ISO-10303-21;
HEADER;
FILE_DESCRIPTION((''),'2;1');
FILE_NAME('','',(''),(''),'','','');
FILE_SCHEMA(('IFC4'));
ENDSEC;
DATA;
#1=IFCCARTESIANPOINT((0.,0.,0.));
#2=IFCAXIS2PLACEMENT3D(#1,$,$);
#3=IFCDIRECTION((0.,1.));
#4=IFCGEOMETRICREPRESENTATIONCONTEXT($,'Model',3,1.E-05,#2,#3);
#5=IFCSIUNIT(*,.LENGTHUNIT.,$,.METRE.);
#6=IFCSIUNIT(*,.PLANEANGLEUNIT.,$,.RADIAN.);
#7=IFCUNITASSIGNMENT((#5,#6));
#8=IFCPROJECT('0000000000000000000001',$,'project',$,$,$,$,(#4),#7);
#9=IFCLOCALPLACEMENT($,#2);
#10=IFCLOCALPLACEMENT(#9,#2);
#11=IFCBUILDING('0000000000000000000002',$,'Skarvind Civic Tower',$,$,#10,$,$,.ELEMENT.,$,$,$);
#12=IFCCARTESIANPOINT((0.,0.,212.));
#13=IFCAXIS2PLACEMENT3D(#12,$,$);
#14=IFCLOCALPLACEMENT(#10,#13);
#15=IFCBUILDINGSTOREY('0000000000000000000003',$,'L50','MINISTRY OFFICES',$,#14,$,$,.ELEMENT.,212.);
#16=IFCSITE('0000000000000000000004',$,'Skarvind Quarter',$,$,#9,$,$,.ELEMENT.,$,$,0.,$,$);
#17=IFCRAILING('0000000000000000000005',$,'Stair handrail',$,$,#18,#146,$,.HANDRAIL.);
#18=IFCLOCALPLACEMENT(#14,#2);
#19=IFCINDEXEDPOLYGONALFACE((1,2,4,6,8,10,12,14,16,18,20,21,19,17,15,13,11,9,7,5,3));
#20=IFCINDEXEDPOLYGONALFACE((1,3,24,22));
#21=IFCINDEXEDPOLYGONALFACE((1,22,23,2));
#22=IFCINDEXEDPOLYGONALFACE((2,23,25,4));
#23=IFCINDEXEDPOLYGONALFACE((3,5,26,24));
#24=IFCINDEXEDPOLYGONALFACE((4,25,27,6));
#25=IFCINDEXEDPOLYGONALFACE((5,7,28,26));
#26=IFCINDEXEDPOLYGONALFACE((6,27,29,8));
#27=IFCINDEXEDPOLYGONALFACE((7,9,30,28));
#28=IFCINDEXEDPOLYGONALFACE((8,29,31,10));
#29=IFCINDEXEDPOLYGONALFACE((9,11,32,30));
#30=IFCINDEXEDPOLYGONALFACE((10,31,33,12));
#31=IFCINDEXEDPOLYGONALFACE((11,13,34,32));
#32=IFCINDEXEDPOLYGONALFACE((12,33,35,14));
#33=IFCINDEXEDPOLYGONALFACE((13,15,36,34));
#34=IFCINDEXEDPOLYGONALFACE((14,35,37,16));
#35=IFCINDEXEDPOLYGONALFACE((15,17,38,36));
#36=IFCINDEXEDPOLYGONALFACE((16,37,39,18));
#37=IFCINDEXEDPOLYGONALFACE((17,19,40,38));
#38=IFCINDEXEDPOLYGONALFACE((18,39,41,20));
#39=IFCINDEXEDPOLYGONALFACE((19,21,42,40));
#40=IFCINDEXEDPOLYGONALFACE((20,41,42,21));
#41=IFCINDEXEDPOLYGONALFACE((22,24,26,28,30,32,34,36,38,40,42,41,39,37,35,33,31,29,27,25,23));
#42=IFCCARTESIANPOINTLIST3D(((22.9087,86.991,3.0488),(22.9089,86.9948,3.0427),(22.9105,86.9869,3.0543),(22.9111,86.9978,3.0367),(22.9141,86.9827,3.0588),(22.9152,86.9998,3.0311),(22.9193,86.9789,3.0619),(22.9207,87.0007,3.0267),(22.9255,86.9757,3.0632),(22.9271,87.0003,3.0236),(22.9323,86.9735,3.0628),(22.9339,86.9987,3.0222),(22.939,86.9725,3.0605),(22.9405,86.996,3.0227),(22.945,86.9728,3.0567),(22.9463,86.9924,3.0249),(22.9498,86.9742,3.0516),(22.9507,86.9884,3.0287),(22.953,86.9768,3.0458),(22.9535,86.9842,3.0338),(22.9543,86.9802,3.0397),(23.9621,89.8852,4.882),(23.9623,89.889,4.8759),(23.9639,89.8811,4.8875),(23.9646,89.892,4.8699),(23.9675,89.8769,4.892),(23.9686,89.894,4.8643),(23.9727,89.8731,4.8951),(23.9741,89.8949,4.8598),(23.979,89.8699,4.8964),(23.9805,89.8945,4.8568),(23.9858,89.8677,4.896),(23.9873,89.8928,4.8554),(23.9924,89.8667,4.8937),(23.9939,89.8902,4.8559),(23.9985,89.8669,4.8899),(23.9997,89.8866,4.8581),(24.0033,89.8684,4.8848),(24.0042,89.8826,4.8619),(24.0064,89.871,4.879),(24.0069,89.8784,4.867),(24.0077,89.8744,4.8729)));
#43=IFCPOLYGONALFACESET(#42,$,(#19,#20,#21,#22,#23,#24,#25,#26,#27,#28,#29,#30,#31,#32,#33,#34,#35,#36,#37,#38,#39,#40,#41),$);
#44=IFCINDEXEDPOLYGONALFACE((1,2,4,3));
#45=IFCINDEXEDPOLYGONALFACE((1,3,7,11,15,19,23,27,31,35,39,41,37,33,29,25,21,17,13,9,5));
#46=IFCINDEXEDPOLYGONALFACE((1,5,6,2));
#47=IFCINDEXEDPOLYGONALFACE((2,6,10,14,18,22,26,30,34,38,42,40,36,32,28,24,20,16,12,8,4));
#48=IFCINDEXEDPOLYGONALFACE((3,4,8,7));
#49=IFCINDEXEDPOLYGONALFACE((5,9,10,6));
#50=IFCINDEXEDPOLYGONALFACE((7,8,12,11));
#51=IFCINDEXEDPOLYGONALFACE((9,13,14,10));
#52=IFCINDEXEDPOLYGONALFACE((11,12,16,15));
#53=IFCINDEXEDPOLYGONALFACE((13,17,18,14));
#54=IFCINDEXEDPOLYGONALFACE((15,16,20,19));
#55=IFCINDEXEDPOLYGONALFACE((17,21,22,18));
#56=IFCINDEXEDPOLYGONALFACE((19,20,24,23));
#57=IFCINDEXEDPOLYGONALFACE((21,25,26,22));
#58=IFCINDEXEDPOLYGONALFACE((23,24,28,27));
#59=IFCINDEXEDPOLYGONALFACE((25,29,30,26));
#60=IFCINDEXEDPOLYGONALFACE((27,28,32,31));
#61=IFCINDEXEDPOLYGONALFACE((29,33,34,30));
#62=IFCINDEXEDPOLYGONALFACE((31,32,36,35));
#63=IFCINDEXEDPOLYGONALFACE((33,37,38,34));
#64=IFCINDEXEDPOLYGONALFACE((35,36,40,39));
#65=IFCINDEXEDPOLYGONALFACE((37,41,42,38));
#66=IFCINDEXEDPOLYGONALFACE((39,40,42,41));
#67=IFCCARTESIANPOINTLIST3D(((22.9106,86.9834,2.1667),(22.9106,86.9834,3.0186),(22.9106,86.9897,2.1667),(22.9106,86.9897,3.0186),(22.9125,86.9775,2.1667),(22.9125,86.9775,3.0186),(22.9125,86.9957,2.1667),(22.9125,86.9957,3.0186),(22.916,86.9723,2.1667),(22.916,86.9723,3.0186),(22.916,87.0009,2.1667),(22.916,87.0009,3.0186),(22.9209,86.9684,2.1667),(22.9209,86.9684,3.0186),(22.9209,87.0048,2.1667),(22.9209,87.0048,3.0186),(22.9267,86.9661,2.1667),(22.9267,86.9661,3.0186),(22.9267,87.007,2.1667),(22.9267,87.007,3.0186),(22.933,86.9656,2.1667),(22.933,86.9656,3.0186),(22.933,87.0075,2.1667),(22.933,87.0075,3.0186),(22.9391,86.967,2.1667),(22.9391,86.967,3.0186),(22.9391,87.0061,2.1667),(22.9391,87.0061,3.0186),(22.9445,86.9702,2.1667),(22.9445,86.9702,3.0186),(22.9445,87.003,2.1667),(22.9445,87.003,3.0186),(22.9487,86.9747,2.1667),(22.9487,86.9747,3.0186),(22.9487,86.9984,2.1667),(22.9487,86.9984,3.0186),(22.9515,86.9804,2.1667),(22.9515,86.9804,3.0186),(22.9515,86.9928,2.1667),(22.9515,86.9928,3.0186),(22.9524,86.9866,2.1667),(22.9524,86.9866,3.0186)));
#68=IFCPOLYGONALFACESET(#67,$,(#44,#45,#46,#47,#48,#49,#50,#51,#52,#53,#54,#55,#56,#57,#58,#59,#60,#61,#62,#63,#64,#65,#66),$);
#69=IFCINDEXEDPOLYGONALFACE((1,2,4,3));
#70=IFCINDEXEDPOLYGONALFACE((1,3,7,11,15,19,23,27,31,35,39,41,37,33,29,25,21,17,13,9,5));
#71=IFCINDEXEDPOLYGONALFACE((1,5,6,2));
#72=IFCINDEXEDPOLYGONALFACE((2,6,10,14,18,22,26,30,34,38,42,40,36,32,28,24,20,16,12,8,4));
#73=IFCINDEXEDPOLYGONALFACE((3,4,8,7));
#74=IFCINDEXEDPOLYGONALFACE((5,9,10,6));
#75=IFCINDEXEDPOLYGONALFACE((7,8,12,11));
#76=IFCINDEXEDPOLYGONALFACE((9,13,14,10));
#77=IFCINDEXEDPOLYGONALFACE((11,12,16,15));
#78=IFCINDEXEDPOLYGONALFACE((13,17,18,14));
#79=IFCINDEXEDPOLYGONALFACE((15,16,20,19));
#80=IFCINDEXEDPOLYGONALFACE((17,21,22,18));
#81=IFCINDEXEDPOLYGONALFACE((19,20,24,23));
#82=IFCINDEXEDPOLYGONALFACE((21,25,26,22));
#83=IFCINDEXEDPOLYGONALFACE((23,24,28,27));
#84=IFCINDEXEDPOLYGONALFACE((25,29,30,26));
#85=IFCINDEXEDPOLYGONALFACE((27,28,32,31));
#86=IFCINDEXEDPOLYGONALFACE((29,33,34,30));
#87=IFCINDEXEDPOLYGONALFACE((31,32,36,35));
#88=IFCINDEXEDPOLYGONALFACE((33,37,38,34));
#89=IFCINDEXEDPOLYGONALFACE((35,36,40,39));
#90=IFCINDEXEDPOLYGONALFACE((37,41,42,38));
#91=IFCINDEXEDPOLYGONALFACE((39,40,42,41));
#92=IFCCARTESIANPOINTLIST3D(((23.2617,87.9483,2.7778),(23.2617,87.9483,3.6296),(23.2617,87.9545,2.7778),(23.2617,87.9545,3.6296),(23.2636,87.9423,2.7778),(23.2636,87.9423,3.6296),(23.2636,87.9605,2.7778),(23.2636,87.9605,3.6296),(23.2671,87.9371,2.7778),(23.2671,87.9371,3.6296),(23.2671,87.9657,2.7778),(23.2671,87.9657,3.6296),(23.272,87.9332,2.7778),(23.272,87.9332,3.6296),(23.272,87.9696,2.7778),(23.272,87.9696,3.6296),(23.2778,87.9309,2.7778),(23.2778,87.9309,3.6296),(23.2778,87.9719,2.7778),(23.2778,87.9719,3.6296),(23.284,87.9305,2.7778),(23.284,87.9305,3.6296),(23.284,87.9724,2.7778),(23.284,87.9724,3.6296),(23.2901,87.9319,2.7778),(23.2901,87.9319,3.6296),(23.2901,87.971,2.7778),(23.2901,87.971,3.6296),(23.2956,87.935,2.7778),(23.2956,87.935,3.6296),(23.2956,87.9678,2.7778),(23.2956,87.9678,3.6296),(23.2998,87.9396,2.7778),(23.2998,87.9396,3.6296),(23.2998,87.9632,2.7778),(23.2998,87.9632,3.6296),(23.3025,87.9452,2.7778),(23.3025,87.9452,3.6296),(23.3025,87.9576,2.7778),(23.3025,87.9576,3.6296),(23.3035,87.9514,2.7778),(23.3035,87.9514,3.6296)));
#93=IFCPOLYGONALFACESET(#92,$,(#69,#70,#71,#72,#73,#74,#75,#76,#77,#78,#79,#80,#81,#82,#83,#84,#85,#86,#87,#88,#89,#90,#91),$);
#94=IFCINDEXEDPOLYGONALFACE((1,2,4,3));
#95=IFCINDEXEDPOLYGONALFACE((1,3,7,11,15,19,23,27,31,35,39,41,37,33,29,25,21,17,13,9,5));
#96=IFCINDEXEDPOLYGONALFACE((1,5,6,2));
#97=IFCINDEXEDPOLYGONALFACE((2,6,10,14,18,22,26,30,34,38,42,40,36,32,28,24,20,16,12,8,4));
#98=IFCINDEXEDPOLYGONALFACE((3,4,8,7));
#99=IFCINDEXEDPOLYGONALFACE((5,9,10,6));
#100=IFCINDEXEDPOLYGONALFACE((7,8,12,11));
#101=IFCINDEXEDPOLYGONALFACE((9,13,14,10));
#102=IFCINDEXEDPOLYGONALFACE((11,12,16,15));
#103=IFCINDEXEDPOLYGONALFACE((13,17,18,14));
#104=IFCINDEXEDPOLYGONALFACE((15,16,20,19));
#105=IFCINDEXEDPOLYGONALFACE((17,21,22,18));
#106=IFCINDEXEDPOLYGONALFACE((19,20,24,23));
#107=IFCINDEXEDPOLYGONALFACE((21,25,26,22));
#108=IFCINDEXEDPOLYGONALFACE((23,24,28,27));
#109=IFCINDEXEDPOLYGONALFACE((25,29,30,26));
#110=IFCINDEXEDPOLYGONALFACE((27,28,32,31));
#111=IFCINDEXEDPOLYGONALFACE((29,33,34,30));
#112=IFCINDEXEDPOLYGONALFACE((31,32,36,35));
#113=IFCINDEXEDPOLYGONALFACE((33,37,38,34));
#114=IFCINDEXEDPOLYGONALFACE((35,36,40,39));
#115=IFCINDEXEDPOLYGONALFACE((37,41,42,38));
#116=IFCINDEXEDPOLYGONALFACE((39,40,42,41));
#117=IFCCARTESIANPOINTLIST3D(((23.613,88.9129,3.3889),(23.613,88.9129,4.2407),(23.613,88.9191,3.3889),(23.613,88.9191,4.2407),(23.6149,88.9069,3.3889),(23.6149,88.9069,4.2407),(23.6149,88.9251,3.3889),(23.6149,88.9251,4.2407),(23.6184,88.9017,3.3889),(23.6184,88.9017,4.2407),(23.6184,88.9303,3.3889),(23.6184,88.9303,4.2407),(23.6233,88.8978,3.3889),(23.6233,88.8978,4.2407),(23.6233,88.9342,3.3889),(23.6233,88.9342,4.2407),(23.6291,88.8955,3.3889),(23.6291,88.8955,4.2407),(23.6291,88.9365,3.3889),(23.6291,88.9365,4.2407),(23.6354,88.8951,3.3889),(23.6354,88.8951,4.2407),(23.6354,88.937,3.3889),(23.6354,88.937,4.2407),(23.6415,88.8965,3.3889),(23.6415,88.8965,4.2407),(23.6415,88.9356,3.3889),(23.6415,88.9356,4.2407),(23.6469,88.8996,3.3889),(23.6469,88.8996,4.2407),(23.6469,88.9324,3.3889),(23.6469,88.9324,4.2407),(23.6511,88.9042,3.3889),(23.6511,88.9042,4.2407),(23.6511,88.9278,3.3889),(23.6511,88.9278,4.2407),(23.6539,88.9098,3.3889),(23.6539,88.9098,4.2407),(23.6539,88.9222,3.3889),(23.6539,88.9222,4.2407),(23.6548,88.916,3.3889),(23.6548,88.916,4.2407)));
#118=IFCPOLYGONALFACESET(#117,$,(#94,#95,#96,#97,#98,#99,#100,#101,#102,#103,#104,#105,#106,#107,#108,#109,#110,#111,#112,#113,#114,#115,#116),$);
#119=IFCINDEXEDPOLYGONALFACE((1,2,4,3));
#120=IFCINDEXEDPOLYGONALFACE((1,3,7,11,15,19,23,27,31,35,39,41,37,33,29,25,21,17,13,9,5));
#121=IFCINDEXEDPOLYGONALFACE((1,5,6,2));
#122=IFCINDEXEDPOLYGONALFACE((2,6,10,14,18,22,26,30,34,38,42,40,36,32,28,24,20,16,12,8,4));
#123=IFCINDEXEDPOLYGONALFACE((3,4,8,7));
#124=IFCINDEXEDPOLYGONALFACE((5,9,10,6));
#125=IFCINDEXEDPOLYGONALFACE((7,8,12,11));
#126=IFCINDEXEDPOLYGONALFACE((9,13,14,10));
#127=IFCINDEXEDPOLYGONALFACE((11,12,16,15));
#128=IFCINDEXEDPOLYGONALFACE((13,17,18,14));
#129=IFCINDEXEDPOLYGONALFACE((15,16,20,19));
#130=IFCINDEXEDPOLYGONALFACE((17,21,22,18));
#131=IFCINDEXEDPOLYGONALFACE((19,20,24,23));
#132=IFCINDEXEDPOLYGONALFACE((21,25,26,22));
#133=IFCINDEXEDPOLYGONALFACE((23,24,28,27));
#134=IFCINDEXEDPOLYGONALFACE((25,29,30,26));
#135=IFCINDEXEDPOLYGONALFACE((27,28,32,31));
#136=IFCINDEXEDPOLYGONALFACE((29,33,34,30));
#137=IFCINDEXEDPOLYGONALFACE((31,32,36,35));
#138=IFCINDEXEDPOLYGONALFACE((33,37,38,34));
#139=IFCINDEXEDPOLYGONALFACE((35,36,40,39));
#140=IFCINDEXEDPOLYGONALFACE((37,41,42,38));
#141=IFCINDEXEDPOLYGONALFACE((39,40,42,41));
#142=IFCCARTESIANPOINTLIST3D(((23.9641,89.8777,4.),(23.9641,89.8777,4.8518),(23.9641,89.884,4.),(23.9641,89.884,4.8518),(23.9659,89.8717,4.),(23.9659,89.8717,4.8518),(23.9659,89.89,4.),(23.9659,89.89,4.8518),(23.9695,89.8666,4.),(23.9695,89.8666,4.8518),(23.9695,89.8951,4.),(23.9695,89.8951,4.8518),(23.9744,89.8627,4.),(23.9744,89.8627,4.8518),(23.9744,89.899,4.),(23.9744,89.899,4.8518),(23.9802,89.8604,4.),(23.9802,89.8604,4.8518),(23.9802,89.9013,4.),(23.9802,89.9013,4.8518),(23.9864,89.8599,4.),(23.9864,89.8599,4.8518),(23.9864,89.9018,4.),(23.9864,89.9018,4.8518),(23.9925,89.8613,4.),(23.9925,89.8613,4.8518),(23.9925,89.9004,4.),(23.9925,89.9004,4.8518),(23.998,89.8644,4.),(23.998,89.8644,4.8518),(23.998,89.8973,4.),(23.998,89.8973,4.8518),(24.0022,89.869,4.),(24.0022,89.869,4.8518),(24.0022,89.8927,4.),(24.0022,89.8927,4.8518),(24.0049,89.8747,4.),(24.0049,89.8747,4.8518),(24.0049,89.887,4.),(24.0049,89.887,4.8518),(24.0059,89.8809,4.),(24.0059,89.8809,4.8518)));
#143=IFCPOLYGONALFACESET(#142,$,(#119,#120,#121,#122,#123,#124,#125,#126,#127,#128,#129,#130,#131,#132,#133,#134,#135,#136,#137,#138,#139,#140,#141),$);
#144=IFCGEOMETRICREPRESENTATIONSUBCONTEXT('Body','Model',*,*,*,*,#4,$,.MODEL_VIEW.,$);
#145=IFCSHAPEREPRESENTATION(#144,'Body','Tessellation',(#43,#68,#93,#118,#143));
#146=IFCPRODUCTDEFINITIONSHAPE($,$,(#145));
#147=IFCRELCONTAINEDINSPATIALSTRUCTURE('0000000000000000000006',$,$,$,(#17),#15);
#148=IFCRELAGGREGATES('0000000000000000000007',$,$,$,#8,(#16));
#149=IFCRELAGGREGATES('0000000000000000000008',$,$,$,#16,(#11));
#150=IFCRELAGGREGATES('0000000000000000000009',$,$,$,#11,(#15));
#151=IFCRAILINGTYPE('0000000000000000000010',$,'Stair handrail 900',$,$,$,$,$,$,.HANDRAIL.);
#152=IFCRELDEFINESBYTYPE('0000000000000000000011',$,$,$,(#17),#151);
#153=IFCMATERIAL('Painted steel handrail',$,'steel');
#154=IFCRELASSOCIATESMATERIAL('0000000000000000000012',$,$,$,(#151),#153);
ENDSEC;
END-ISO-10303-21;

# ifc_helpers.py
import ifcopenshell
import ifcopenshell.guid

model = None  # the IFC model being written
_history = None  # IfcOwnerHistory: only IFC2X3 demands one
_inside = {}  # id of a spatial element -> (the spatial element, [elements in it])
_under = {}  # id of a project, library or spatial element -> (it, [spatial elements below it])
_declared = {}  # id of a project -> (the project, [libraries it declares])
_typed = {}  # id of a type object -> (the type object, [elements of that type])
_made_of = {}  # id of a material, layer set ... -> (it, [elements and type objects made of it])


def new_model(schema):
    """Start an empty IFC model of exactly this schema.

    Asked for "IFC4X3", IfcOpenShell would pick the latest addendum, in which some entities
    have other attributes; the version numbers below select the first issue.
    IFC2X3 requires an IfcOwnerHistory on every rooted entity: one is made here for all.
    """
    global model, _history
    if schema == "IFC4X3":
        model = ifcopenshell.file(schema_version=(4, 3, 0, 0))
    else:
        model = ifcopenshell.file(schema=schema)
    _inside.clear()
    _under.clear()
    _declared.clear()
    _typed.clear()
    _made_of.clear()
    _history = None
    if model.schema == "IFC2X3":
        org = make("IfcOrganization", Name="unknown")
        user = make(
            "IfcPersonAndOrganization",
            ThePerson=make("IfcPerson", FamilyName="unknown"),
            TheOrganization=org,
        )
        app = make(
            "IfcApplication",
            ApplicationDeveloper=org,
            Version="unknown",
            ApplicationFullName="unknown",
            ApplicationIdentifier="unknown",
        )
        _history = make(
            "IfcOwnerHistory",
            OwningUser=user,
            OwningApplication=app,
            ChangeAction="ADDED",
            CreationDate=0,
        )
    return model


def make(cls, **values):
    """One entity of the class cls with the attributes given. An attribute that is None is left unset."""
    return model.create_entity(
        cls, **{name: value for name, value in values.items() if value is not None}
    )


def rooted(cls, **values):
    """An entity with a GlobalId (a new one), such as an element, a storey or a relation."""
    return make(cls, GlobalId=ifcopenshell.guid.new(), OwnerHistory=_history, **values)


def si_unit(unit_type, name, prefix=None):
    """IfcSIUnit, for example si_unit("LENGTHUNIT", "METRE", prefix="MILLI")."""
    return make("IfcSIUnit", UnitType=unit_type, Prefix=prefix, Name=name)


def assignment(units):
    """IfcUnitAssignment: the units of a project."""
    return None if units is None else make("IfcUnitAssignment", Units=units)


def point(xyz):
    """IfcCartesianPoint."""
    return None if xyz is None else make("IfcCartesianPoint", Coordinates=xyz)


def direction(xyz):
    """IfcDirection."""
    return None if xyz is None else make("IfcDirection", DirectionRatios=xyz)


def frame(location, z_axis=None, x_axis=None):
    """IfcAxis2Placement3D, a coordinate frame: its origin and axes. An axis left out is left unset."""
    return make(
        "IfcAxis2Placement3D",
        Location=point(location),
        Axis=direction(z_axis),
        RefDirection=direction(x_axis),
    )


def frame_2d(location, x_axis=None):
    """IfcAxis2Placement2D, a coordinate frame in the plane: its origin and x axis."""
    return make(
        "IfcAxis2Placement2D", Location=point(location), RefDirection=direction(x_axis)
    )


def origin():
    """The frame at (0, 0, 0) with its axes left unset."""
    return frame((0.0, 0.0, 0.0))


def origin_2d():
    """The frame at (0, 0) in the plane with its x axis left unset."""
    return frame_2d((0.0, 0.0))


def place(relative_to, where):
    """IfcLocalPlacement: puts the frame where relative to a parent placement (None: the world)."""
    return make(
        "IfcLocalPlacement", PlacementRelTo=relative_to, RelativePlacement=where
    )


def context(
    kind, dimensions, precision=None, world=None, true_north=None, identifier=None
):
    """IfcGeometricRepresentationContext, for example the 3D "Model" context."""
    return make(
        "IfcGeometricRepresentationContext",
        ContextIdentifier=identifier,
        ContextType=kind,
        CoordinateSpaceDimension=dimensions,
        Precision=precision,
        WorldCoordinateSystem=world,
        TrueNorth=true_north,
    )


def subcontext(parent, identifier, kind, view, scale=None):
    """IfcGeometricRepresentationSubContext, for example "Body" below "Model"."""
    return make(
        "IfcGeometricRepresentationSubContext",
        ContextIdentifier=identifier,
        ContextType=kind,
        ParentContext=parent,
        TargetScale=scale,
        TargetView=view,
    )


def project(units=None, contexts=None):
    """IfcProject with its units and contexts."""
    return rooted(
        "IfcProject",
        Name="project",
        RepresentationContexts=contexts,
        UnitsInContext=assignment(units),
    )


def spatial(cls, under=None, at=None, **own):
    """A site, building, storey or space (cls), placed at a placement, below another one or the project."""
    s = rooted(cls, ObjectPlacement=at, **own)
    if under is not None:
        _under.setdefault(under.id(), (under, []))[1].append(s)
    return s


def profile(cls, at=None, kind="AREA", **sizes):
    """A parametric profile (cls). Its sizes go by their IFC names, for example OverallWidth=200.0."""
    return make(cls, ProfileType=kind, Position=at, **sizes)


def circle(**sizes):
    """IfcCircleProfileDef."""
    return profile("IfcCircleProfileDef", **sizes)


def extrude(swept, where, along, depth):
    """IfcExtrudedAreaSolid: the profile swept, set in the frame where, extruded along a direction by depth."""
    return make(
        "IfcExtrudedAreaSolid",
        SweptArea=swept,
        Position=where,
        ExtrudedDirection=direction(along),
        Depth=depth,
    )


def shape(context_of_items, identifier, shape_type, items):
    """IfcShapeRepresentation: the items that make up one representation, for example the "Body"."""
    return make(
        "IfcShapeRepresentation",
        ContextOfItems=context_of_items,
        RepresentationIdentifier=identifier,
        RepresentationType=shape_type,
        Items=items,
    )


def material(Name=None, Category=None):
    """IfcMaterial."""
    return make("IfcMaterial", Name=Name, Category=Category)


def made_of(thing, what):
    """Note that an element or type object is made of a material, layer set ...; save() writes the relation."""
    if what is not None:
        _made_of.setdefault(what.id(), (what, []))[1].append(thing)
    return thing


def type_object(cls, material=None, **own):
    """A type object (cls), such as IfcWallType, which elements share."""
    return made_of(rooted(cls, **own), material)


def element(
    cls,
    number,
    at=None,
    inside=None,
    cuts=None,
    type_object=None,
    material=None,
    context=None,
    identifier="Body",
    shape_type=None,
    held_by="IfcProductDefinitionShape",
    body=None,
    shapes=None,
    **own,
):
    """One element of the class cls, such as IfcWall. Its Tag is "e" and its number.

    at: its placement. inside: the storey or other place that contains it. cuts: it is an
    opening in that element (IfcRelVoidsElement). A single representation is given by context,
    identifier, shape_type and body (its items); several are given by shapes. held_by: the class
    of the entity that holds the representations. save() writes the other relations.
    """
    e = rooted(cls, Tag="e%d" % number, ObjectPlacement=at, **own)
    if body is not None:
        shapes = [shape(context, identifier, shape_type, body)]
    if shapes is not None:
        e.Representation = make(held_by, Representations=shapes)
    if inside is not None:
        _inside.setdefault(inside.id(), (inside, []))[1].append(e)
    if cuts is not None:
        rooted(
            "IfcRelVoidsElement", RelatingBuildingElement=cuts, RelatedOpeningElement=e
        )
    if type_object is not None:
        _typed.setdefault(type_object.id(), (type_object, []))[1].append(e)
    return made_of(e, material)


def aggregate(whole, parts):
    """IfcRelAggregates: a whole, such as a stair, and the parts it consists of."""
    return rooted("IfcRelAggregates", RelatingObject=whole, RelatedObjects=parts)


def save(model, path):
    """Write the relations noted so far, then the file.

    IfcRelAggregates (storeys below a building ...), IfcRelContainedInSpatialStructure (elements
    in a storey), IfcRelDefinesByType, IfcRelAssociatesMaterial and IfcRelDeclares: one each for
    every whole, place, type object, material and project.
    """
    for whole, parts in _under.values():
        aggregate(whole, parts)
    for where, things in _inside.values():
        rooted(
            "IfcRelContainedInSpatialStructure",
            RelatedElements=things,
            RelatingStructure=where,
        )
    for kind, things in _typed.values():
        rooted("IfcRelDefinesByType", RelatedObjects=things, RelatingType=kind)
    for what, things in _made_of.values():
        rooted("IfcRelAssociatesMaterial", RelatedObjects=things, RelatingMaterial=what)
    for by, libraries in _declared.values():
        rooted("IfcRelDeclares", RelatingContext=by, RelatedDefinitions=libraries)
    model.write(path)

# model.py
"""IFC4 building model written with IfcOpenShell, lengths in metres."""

from ifc_helpers import new_model, si_unit, direction, frame, origin, origin_2d, place, context, subcontext, project, spatial, circle, extrude, material, type_object, element, save


model = new_model("IFC4")

# Units and contexts
model_context = context("Model", 3, precision=1e-05, world=origin(), true_north=direction((0.0, 1.0)))
body_context = subcontext(model_context, "Body", "Model", "MODEL_VIEW")
ifc_project = project(units=[si_unit("LENGTHUNIT", "METRE"), si_unit("PLANEANGLEUNIT", "RADIAN")], contexts=[model_context])

# Site, building, storey
site_placement = place(None, origin())
site = spatial("IfcSite", under=ifc_project, at=site_placement, Name="Skarvind Quarter", CompositionType="ELEMENT", RefElevation=0.0)
building_placement = place(site_placement, origin())
building = spatial("IfcBuilding", under=site, at=building_placement, Name="Skarvind Civic Tower", CompositionType="ELEMENT")
storey_placement = place(building_placement, frame((0.0, 0.0, 212.0)))
storey = spatial("IfcBuildingStorey", under=building, at=storey_placement, Name="L50", Description="MINISTRY OFFICES", CompositionType="ELEMENT", Elevation=212.0)

# Railing
ifc_material_1 = material(Name="Painted steel handrail", Category="steel")
railing_type = type_object("IfcRailingType", Name="Stair handrail 900", PredefinedType="HANDRAIL", material=ifc_material_1)
railing_1_placement = place(storey_placement, frame((22.9314, 86.9866, 2.1667)))
element("IfcRailing", 1, at=railing_1_placement, inside=storey, type_object=railing_type, Name="Stair handrail", PredefinedType="HANDRAIL", context=body_context, shape_type="SweptSolid", body=[
    extrude(circle(Radius=0.0239, at=origin_2d()), frame((0.0, 0.0, 0.876), z_axis=(0.293908, 0.807481, 0.511461), x_axis=(-0.939689, 0.342029, 0.0)), (0.0, 0.0, 1.0), 3.5842),
    extrude(circle(Radius=0.021, at=origin_2d()), origin(), (0.0, 0.0, 1.0), 0.8518),
    extrude(circle(Radius=0.021, at=origin_2d()), frame((0.3511, 0.9648, 0.6111)), (0.0, 0.0, 1.0), 0.8518),
    extrude(circle(Radius=0.021, at=origin_2d()), frame((0.7024, 1.9294, 1.2222)), (0.0, 0.0, 1.0), 0.8518),
    extrude(circle(Radius=0.021, at=origin_2d()), frame((1.0535, 2.8943, 1.8333)), (0.0, 0.0, 1.0), 0.8518),
])

save(model, "model.ifc")
